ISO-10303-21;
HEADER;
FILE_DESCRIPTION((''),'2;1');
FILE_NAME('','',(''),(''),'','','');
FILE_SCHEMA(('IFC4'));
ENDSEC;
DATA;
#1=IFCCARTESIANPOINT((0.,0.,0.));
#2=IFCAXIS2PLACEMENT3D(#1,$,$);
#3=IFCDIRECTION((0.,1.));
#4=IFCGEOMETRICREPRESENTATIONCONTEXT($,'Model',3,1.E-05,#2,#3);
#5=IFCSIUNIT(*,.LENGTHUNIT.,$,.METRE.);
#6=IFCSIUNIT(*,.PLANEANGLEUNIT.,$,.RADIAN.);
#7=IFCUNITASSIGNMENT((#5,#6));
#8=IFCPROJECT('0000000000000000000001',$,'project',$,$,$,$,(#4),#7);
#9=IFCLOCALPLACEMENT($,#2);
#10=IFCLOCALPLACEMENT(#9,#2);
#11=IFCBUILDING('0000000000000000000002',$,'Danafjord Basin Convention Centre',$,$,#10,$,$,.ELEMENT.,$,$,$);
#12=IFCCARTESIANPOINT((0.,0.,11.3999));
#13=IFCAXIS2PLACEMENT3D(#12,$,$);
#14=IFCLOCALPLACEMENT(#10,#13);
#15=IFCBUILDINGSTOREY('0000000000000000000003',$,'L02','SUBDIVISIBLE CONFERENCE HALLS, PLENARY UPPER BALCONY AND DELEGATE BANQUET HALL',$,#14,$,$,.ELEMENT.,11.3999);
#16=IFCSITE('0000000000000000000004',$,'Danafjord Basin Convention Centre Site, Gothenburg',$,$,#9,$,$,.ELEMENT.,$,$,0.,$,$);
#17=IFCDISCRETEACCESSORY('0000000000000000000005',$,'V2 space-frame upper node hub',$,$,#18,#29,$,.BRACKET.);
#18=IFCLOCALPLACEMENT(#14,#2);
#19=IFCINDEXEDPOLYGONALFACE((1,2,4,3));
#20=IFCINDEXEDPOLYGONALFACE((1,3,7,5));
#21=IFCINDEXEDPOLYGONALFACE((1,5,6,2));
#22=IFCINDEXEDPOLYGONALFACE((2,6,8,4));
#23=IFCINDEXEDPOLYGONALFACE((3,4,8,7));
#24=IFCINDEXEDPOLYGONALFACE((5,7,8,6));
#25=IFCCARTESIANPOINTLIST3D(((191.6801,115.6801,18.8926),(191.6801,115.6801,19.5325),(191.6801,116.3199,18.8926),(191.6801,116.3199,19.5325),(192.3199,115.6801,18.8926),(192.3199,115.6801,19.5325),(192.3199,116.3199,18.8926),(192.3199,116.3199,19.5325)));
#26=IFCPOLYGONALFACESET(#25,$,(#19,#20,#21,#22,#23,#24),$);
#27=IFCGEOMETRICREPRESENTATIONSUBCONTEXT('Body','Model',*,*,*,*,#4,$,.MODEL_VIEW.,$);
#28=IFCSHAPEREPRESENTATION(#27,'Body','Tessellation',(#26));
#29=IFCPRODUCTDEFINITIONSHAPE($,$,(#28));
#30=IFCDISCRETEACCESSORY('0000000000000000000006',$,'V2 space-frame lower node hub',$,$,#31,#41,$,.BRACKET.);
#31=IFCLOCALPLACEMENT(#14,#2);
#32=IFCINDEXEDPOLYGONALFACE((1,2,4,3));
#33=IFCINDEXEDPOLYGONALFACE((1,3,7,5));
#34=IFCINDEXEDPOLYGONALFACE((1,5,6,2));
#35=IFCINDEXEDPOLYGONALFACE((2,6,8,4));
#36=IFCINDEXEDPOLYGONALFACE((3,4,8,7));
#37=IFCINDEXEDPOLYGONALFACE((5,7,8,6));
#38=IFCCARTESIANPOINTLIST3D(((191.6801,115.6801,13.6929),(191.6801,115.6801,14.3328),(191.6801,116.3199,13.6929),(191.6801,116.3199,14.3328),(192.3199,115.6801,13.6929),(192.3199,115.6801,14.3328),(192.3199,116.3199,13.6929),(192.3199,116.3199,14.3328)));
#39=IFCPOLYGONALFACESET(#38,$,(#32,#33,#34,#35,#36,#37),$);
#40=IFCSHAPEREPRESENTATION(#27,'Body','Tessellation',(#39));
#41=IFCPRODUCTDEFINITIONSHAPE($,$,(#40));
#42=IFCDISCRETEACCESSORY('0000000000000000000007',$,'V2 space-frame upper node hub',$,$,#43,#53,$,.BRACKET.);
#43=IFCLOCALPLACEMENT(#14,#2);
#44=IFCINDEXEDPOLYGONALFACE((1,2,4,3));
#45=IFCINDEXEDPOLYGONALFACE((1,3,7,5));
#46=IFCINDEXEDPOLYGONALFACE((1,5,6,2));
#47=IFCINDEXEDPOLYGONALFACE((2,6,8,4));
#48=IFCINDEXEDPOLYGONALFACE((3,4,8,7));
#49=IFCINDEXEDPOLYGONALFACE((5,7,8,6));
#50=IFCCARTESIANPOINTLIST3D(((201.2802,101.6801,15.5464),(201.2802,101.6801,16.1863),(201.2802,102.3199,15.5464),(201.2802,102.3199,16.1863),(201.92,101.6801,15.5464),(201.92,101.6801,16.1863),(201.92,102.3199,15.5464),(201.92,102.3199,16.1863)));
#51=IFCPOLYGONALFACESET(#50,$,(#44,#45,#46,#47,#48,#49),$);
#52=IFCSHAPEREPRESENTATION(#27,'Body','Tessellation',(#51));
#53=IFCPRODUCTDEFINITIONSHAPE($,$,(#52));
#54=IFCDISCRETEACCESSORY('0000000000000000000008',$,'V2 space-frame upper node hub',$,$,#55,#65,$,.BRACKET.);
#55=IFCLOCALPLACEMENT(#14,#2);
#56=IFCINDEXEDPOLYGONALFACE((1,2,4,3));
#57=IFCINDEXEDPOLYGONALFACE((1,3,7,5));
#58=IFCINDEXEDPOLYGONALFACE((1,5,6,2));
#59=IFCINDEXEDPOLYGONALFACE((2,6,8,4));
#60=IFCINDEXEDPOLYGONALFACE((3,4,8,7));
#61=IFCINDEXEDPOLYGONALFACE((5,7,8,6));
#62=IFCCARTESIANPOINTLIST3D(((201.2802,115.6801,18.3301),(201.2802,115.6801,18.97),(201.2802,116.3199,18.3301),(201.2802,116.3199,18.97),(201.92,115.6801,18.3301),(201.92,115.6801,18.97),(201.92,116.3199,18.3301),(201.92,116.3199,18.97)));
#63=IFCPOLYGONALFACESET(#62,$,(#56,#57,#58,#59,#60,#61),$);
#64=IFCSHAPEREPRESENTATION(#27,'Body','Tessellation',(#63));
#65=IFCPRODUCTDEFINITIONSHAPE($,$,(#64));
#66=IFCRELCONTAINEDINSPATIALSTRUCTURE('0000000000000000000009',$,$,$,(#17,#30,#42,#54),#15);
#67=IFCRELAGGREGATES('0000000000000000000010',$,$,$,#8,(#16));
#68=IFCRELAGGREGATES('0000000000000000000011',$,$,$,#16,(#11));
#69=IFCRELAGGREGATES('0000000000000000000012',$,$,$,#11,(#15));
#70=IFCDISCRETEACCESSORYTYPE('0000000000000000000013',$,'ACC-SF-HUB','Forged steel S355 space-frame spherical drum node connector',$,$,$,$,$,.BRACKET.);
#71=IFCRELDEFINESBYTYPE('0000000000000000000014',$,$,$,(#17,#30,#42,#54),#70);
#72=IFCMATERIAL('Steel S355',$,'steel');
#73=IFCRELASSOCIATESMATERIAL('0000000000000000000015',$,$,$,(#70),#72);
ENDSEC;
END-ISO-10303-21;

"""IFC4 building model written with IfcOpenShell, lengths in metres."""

from ifc_helpers import new_model, si_unit, direction, frame, origin, origin_2d, place, context, subcontext, project, spatial, rectangle, extrude, material, type_object, element, save


model = new_model("IFC4")

# Units and contexts
model_context = context("Model", 3, precision=1e-05, world=origin(), true_north=direction((0.0, 1.0)))
body_context = subcontext(model_context, "Body", "Model", "MODEL_VIEW")
ifc_project = project(units=[si_unit("LENGTHUNIT", "METRE"), si_unit("PLANEANGLEUNIT", "RADIAN")], contexts=[model_context])

# Site, building, storey
site_placement = place(None, origin())
site = spatial("IfcSite", under=ifc_project, at=site_placement, Name="Danafjord Basin Convention Centre Site, Gothenburg", CompositionType="ELEMENT", RefElevation=0.0)
building_placement = place(site_placement, origin())
building = spatial("IfcBuilding", under=site, at=building_placement, Name="Danafjord Basin Convention Centre", CompositionType="ELEMENT")
storey_placement = place(building_placement, frame((0.0, 0.0, 11.3999)))
storey = spatial("IfcBuildingStorey", under=building, at=storey_placement, Name="L02", Description="SUBDIVISIBLE CONFERENCE HALLS, PLENARY UPPER BALCONY AND DELEGATE BANQUET HALL", CompositionType="ELEMENT", Elevation=11.3999)

# Shared definitions
ifc_material = material(Name="Steel S355", Category="steel")

# Discrete accessories
discrete_accessory_type = type_object("IfcDiscreteAccessoryType", Name="ACC-SF-HUB", Description="Forged steel S355 space-frame spherical drum node connector", PredefinedType="BRACKET", material=ifc_material)
for number, where, z_axis, x_axis, name in (
    (1, (192.0, 116.0, 18.8926), (0.0, 0.0, 1.0), (1.0, 0.0, 0.0), "V2 space-frame upper node hub"),
    (2, (192.0, 116.0, 13.6929), (0.0, 0.0, 1.0), (1.0, 0.0, 0.0), "V2 space-frame lower node hub"),
    (3, (201.6001, 102.0, 15.5464), (0.0, 0.0, 1.0), (1.0, 0.0, 0.0), "V2 space-frame upper node hub"),
    (4, (201.6001, 116.0, 18.3301), (0.0, 0.0, 1.0), (1.0, 0.0, 0.0), "V2 space-frame upper node hub"),
):
    element("IfcDiscreteAccessory", number, at=place(storey_placement, frame(where, z_axis=z_axis, x_axis=x_axis)), inside=storey, type_object=discrete_accessory_type, Name=name, PredefinedType="BRACKET", context=body_context, shape_type="SweptSolid", body=[
        extrude(rectangle(XDim=0.6399, YDim=0.6399, at=origin_2d()), origin(), (0.0, 0.0, 1.0), 0.6399),
    ])

save(model, "model.ifc")
